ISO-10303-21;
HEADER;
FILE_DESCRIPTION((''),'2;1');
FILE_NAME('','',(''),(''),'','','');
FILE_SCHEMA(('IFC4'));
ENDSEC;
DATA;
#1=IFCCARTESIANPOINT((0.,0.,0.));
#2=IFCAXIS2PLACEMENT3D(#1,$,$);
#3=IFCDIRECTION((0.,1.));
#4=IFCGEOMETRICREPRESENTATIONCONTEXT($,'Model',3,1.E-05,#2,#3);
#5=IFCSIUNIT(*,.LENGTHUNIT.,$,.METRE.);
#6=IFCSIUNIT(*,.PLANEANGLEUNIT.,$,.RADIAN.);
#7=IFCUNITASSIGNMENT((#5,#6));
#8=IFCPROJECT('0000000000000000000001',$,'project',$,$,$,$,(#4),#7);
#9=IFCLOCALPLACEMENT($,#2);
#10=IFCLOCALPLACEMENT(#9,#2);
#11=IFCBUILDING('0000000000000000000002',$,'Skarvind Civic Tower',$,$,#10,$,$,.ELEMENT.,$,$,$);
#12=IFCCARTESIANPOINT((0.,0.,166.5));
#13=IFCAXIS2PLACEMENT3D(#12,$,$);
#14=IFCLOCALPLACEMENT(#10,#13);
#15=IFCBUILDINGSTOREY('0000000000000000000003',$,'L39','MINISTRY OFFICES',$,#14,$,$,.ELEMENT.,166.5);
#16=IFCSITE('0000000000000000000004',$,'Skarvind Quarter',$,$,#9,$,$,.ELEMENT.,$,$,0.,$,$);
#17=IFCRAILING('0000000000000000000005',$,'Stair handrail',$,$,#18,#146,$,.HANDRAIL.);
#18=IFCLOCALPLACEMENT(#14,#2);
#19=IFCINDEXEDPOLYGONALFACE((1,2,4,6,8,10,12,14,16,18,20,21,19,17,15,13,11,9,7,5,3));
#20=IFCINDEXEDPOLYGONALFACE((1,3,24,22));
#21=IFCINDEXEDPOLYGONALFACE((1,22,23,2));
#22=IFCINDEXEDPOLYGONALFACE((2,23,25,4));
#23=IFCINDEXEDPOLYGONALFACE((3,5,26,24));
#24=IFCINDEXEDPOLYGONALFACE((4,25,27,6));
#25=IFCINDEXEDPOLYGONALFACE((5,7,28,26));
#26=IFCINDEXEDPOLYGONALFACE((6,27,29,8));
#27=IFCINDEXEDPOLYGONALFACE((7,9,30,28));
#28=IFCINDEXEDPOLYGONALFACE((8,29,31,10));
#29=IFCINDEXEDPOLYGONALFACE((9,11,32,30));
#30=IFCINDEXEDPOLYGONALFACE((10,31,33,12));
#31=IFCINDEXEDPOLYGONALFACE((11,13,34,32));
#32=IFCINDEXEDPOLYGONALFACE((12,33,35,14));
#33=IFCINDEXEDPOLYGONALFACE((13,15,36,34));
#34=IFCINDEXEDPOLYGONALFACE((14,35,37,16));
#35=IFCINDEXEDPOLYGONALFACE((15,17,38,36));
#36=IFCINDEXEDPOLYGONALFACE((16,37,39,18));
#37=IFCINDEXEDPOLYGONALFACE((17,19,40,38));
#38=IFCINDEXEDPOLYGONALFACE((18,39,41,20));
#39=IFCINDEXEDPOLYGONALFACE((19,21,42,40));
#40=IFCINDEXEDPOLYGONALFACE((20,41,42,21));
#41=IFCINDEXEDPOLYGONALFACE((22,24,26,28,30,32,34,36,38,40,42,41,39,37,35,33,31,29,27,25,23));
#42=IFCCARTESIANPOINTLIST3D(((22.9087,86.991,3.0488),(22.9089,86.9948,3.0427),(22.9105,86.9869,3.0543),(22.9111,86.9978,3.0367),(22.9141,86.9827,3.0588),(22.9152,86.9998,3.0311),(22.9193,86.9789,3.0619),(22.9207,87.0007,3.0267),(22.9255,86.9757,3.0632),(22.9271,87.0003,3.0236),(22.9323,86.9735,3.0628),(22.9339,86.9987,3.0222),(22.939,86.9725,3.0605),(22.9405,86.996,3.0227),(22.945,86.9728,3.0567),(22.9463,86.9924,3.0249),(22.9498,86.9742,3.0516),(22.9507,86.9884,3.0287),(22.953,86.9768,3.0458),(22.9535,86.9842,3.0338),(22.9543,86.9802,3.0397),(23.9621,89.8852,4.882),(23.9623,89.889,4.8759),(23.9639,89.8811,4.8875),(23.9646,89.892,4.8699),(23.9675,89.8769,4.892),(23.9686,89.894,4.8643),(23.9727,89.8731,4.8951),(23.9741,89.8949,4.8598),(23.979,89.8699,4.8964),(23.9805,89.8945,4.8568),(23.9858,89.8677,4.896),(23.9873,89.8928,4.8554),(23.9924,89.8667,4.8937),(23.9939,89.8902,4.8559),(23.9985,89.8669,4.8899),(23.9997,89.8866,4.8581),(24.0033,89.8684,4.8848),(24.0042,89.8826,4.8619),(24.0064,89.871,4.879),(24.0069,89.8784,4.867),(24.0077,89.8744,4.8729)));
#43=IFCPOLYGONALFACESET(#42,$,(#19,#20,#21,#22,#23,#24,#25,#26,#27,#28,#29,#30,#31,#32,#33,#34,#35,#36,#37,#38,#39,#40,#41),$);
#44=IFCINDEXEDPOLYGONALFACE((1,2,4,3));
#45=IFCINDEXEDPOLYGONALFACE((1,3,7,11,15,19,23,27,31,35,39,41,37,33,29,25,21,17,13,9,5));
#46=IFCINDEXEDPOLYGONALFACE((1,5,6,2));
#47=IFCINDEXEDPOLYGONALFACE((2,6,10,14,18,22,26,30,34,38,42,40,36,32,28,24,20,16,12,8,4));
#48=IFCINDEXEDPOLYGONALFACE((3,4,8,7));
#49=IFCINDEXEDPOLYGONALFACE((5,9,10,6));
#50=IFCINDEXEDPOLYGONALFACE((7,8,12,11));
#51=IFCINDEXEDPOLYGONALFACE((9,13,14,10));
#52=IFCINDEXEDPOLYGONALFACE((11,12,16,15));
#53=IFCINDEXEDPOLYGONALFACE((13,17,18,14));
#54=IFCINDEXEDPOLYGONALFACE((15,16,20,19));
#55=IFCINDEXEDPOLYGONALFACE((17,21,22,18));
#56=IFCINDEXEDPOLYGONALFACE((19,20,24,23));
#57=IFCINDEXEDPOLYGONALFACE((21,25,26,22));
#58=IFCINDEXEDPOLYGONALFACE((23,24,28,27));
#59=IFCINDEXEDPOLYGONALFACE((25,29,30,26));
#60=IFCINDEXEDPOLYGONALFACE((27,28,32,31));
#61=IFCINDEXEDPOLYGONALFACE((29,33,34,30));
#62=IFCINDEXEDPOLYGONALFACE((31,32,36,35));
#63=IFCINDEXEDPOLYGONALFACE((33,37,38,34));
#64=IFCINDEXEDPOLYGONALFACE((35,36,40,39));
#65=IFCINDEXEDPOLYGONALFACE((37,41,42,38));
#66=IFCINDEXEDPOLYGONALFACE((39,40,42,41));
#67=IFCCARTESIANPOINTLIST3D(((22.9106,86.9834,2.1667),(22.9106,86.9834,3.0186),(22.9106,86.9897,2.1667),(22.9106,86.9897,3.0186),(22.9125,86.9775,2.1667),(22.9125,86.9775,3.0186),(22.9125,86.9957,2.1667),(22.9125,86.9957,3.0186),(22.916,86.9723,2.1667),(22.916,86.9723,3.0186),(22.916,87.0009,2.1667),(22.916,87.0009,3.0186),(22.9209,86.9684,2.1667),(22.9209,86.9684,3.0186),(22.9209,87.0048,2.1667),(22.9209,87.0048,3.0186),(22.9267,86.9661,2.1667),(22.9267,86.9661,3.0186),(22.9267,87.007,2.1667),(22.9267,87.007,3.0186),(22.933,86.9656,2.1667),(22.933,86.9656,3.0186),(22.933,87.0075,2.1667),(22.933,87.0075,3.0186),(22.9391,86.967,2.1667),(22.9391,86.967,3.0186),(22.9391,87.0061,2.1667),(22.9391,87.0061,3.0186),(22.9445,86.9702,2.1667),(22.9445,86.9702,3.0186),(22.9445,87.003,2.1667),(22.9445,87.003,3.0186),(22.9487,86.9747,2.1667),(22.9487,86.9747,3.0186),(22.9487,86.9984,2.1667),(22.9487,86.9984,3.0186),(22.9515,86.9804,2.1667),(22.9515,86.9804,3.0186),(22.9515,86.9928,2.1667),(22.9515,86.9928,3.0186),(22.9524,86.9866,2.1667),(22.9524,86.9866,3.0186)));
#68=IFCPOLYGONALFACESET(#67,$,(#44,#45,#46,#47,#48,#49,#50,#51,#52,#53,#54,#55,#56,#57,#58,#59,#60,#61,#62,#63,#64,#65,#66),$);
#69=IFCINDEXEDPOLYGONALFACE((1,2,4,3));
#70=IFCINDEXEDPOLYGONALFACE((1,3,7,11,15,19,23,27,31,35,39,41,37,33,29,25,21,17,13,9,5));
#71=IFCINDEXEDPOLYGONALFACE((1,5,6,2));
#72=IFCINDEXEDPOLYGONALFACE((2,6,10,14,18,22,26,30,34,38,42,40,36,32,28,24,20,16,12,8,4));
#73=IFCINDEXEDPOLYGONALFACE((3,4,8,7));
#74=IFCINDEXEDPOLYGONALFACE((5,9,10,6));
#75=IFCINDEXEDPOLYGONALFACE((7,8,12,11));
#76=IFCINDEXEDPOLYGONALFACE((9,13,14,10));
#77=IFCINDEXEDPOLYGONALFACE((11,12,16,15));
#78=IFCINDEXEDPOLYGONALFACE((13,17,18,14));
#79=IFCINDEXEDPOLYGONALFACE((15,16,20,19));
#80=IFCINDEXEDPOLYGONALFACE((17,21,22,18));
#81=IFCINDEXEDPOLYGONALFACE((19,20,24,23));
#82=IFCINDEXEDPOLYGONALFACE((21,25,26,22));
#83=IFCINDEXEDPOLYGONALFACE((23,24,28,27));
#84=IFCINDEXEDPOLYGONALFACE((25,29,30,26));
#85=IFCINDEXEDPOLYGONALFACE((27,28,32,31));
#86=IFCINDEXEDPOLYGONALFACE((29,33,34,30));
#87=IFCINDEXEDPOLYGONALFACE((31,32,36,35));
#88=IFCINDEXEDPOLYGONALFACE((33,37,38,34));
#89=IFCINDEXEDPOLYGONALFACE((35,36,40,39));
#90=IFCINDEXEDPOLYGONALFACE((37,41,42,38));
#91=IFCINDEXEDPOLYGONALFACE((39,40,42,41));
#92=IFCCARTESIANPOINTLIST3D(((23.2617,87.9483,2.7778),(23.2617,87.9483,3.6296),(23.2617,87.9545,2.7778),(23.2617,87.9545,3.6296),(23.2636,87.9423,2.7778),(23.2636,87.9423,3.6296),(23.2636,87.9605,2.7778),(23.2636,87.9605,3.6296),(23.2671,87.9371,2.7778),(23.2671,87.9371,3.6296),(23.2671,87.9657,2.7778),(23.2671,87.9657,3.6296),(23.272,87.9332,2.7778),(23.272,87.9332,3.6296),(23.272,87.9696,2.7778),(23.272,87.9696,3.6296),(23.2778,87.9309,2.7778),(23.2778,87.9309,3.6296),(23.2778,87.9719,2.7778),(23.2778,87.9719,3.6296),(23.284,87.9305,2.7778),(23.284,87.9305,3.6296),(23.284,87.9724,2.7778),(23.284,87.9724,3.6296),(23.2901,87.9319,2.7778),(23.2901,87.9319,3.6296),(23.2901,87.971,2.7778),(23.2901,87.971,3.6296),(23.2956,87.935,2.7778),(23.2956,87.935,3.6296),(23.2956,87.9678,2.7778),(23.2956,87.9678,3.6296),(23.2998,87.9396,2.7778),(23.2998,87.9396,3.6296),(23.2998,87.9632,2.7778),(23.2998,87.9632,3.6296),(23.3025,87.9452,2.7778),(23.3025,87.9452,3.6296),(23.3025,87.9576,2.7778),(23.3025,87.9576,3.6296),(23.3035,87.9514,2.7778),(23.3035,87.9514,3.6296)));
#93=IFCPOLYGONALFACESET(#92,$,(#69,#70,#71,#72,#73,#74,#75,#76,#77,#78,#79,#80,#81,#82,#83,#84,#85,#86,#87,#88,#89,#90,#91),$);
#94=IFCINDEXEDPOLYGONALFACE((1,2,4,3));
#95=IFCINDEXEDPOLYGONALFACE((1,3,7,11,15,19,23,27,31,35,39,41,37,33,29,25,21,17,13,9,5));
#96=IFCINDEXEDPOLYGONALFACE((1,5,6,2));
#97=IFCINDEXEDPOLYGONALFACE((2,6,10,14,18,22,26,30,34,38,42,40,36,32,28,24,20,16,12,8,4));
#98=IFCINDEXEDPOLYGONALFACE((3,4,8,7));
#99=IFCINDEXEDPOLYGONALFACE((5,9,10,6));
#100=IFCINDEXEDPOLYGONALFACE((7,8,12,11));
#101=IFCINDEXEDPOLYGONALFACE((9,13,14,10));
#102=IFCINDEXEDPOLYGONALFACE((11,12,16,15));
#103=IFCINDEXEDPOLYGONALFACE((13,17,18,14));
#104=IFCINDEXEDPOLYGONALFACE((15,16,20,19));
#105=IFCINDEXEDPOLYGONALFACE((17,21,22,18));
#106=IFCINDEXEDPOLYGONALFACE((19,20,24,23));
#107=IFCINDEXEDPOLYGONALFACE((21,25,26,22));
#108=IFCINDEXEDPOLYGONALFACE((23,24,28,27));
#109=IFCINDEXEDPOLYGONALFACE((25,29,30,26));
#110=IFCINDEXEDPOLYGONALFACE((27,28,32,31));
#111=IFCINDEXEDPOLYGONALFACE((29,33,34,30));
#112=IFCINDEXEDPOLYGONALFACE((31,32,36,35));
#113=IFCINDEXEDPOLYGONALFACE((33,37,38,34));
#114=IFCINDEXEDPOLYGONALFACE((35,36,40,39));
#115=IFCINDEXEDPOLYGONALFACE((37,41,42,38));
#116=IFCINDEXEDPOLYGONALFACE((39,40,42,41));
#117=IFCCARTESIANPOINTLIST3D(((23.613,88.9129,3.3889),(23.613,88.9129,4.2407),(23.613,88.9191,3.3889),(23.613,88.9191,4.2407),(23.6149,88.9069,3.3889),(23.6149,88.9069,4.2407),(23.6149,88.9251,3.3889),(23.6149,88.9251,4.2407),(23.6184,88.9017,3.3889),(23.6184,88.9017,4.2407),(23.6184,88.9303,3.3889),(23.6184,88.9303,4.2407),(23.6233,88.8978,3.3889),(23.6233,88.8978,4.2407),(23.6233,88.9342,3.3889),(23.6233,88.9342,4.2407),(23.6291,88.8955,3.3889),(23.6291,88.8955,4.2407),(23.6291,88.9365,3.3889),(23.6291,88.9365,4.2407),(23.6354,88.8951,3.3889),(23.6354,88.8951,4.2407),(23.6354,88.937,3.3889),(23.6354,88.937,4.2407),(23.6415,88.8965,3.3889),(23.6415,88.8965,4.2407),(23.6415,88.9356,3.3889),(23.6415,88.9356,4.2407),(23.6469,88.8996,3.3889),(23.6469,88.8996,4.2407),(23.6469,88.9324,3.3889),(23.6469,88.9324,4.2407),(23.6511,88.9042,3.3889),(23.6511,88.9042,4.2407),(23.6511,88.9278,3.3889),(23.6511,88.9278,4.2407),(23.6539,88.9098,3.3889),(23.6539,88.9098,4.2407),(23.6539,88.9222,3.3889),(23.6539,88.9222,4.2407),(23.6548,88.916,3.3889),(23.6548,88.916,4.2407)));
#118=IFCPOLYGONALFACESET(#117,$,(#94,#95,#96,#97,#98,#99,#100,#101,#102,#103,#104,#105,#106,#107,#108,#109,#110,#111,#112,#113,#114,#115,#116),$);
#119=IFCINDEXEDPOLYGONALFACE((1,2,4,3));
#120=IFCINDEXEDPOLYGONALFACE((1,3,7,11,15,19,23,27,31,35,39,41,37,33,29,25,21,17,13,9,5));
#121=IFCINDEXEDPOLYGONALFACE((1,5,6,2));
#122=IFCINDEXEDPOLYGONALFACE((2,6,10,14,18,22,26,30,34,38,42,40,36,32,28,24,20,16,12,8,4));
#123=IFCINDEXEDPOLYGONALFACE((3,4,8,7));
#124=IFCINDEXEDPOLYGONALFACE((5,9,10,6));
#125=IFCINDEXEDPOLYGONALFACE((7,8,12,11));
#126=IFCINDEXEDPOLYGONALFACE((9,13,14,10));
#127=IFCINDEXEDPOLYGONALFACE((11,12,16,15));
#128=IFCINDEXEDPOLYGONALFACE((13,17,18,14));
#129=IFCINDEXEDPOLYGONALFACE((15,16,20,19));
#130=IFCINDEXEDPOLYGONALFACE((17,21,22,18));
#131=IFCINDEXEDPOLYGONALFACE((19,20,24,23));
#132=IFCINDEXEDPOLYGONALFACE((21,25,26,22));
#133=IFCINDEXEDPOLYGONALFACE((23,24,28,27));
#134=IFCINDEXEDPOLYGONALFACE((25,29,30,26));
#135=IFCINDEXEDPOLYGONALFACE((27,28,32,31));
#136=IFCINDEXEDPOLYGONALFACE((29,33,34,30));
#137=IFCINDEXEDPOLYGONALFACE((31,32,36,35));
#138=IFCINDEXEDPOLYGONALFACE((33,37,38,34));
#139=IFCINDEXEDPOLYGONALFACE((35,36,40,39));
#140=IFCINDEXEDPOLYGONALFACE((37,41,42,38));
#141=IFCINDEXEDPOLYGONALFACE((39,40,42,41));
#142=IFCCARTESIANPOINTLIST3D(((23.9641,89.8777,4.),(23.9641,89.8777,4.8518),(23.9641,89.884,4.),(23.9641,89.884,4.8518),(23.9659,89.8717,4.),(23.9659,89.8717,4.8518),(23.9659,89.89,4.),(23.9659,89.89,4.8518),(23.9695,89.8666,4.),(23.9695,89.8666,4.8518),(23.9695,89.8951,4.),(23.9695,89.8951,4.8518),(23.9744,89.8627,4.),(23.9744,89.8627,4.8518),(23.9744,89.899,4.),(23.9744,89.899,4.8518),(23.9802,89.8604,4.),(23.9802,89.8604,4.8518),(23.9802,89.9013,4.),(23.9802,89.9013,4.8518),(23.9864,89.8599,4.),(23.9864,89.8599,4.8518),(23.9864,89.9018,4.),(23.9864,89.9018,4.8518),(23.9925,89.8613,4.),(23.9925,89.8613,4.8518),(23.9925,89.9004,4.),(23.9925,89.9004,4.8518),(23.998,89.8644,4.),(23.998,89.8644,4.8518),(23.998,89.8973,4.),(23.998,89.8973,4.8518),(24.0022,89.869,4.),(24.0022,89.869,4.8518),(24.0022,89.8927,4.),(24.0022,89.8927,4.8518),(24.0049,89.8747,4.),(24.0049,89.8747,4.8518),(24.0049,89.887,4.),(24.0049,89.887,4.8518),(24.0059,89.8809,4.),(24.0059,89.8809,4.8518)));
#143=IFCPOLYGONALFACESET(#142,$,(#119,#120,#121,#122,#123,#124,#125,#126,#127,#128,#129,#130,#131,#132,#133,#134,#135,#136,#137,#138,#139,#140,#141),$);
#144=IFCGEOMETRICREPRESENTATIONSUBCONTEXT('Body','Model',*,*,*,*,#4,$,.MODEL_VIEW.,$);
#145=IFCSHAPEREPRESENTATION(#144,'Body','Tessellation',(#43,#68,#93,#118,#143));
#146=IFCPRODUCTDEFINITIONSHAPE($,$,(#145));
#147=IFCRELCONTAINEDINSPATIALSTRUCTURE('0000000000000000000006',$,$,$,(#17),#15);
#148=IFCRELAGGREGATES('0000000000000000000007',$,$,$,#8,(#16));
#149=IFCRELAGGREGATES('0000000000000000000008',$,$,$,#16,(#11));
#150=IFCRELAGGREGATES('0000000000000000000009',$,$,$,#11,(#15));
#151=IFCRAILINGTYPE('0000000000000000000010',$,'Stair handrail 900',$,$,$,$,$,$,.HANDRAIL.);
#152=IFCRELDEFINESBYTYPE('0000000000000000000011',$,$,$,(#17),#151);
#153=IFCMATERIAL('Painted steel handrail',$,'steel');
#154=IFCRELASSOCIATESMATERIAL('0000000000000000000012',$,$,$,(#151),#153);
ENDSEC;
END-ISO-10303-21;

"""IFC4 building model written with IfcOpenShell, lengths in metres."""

from ifc_helpers import new_model, si_unit, direction, frame, origin, origin_2d, place, context, subcontext, project, spatial, circle, extrude, material, type_object, element, save


model = new_model("IFC4")

# Units and contexts
model_context = context("Model", 3, precision=1e-05, world=origin(), true_north=direction((0.0, 1.0)))
body_context = subcontext(model_context, "Body", "Model", "MODEL_VIEW")
ifc_project = project(units=[si_unit("LENGTHUNIT", "METRE"), si_unit("PLANEANGLEUNIT", "RADIAN")], contexts=[model_context])

# Site, building, storey
site_placement = place(None, origin())
site = spatial("IfcSite", under=ifc_project, at=site_placement, Name="Skarvind Quarter", CompositionType="ELEMENT", RefElevation=0.0)
building_placement = place(site_placement, origin())
building = spatial("IfcBuilding", under=site, at=building_placement, Name="Skarvind Civic Tower", CompositionType="ELEMENT")
storey_placement = place(building_placement, frame((0.0, 0.0, 166.5)))
storey = spatial("IfcBuildingStorey", under=building, at=storey_placement, Name="L39", Description="MINISTRY OFFICES", CompositionType="ELEMENT", Elevation=166.5)

# Railing
ifc_material_1 = material(Name="Painted steel handrail", Category="steel")
railing_type = type_object("IfcRailingType", Name="Stair handrail 900", PredefinedType="HANDRAIL", material=ifc_material_1)
railing_1_placement = place(storey_placement, frame((22.9314, 86.9866, 2.1667)))
element("IfcRailing", 1, at=railing_1_placement, inside=storey, type_object=railing_type, Name="Stair handrail", PredefinedType="HANDRAIL", context=body_context, shape_type="SweptSolid", body=[
    extrude(circle(Radius=0.0239, at=origin_2d()), frame((0.0, 0.0, 0.876), z_axis=(0.293908, 0.807481, 0.511461), x_axis=(-0.939689, 0.342029, 0.0)), (0.0, 0.0, 1.0), 3.5842),
    extrude(circle(Radius=0.021, at=origin_2d()), origin(), (0.0, 0.0, 1.0), 0.8518),
    extrude(circle(Radius=0.021, at=origin_2d()), frame((0.3511, 0.9648, 0.6111)), (0.0, 0.0, 1.0), 0.8518),
    extrude(circle(Radius=0.021, at=origin_2d()), frame((0.7024, 1.9294, 1.2222)), (0.0, 0.0, 1.0), 0.8518),
    extrude(circle(Radius=0.021, at=origin_2d()), frame((1.0535, 2.8943, 1.8333)), (0.0, 0.0, 1.0), 0.8518),
])

save(model, "model.ifc")
